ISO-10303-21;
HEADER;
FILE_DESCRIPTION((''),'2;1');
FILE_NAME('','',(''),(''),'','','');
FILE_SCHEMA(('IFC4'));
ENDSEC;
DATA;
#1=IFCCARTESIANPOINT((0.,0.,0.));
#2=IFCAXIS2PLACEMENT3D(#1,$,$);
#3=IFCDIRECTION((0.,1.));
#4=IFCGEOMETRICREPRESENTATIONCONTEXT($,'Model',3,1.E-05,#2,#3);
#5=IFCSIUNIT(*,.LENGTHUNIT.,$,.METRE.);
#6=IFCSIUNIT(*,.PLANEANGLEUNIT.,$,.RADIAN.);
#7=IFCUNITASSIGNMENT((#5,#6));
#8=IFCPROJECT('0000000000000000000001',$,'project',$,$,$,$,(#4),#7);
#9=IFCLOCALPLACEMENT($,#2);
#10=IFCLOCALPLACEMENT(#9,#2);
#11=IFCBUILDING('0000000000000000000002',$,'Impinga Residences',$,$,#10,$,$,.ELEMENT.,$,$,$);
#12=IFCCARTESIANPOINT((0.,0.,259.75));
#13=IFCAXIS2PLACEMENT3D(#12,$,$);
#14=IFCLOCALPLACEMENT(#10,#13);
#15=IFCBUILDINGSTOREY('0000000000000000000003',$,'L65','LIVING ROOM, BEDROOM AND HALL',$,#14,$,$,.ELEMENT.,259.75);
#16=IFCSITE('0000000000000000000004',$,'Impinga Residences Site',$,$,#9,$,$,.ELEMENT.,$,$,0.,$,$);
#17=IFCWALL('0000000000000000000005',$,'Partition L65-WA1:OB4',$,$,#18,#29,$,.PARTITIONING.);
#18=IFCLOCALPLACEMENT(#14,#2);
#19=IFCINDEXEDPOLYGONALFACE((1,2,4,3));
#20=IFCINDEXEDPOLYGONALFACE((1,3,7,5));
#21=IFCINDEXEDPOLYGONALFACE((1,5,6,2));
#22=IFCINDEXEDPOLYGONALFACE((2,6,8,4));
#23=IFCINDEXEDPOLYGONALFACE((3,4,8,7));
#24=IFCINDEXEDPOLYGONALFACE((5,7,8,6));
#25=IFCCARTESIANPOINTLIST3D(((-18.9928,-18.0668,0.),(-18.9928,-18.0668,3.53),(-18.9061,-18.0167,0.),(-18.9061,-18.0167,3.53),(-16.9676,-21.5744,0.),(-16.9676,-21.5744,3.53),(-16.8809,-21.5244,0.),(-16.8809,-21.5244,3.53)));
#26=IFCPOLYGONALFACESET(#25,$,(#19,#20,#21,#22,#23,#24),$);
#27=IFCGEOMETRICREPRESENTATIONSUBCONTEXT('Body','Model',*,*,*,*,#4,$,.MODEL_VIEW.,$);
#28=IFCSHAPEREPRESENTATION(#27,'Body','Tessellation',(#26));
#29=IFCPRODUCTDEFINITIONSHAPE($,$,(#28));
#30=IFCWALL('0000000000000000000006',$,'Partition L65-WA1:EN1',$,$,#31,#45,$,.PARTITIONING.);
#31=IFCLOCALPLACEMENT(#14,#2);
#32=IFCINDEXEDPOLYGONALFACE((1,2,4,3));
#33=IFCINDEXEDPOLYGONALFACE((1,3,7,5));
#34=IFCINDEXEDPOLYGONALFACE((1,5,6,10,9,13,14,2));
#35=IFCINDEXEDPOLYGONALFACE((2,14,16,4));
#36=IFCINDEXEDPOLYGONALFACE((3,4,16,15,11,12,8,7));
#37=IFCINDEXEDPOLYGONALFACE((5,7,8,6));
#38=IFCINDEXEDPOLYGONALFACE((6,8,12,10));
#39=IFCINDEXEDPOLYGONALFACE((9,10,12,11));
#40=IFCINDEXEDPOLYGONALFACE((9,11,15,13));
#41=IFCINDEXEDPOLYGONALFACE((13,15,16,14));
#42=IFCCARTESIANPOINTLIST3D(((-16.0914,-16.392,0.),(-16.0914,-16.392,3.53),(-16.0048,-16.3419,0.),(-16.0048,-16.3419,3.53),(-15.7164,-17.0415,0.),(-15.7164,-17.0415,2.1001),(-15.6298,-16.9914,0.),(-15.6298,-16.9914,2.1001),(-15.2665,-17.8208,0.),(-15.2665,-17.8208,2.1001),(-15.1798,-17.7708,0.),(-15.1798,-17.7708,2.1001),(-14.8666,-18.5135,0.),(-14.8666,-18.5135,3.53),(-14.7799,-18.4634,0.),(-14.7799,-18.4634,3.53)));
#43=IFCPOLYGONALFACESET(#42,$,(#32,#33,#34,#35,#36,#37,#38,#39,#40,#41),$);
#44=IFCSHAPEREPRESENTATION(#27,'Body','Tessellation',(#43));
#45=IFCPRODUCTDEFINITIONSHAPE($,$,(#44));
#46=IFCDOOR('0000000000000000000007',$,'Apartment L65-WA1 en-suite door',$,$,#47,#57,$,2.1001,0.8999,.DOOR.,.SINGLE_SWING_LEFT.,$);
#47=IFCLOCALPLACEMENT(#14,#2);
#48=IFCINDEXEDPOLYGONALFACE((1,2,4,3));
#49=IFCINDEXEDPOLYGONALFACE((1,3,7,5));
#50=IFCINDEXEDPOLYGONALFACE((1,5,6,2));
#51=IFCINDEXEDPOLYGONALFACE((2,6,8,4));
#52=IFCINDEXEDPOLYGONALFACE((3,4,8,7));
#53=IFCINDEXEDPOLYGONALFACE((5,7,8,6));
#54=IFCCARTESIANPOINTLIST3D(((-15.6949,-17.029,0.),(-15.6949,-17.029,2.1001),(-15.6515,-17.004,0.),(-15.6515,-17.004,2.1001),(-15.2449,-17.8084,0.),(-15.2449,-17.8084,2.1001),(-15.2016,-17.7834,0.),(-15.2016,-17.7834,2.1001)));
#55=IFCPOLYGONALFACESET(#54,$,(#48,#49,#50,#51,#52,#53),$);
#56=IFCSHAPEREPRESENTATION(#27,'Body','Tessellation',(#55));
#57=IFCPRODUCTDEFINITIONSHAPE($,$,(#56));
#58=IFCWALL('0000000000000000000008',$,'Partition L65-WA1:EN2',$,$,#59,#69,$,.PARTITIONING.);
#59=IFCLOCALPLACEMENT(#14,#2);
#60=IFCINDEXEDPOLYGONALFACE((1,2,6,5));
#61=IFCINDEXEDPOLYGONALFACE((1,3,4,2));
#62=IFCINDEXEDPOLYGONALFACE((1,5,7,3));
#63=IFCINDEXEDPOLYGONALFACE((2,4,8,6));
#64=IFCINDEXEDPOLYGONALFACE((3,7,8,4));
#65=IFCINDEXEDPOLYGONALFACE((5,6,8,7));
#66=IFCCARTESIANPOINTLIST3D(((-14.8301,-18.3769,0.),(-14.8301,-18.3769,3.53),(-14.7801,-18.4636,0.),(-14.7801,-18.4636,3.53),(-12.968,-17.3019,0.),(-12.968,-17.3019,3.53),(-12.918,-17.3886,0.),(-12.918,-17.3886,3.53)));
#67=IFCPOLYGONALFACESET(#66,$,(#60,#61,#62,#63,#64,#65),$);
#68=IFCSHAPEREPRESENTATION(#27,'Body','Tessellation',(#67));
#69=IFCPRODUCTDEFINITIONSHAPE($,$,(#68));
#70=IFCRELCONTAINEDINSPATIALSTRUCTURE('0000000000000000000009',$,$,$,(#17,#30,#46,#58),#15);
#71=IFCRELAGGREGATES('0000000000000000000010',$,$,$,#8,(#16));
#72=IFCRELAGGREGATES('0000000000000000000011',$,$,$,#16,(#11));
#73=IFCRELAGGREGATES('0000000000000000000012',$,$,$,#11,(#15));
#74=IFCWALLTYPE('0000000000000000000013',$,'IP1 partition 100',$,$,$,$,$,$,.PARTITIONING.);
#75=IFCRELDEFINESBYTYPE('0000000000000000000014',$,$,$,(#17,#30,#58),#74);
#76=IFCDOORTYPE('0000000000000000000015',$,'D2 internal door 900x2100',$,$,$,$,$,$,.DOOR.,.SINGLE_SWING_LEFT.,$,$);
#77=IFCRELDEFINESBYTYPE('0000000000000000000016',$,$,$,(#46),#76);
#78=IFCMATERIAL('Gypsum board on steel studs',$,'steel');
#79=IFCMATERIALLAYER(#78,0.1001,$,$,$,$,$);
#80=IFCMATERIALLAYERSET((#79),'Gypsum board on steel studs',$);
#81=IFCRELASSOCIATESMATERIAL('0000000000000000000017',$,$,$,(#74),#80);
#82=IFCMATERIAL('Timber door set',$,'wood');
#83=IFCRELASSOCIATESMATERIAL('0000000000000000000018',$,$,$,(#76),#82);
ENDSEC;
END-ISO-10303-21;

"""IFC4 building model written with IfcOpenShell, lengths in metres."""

from ifc_helpers import new_model, si_unit, direction, frame, frame_2d, origin, place, context, subcontext, project, spatial, rectangle, extrude, material, layer, layer_set, type_object, element, fill, save


model = new_model("IFC4")

# Units and contexts
model_context = context("Model", 3, precision=1e-05, world=origin(), true_north=direction((0.0, 1.0)))
body_context = subcontext(model_context, "Body", "Model", "MODEL_VIEW")
ifc_project = project(units=[si_unit("LENGTHUNIT", "METRE"), si_unit("PLANEANGLEUNIT", "RADIAN")], contexts=[model_context])

# Site, building, storey
site_placement = place(None, origin())
site = spatial("IfcSite", under=ifc_project, at=site_placement, Name="Impinga Residences Site", CompositionType="ELEMENT", RefElevation=0.0)
building_placement = place(site_placement, origin())
building = spatial("IfcBuilding", under=site, at=building_placement, Name="Impinga Residences", CompositionType="ELEMENT")
storey_placement = place(building_placement, frame((0.0, 0.0, 259.75)))
storey = spatial("IfcBuildingStorey", under=building, at=storey_placement, Name="L65", Description="LIVING ROOM, BEDROOM AND HALL", CompositionType="ELEMENT", Elevation=259.75)

# Wall
ifc_material_1 = material(Name="Gypsum board on steel studs", Category="steel")
ifc_layer_1 = layer(ifc_material_1, 0.1001)
ifc_layer_set_1 = layer_set([ifc_layer_1], Name="Gypsum board on steel studs")
wall_type_1 = type_object("IfcWallType", Name="IP1 partition 100", PredefinedType="PARTITIONING", material=ifc_layer_set_1)
wall_1_placement = place(storey_placement, frame((-18.9495, -18.0417, 0.0), z_axis=(0.0, 0.0, 1.0), x_axis=(0.500009, -0.86602, 0.0)))
element("IfcWall", 1, at=wall_1_placement, inside=storey, type_object=wall_type_1, Name="Partition L65-WA1:OB4", PredefinedType="PARTITIONING", context=body_context, shape_type="SweptSolid", body=[
    extrude(rectangle(XDim=4.0503, YDim=0.1001, at=frame_2d((2.0251, 0.0))), origin(), (0.0, 0.0, 1.0), 3.53),
])

# Wall, opening, door
wall_2_placement = place(storey_placement, frame((-16.0481, -16.3669, 0.0), z_axis=(0.0, 0.0, 1.0), x_axis=(0.499987, -0.866033, 0.0)))
wall_2 = element("IfcWall", 2, at=wall_2_placement, inside=storey, type_object=wall_type_1, Name="Partition L65-WA1:EN1", PredefinedType="PARTITIONING", context=body_context, shape_type="SweptSolid", body=[
    extrude(rectangle(XDim=2.4497, YDim=0.1001, at=frame_2d((1.2249, 0.0))), origin(), (0.0, 0.0, 1.0), 3.53),
])
opening_1_placement = place(wall_2_placement, frame((0.75, 0.0, 0.0)))
opening_1 = element("IfcOpeningElement", 3, at=opening_1_placement, cuts=wall_2, PredefinedType="OPENING", context=body_context, shape_type="SweptSolid", body=[
    extrude(rectangle(XDim=0.8999, YDim=2.1001, at=frame_2d((0.45, 1.05))), frame((0.0, 0.0601, 0.0), z_axis=(0.0, -1.0, 0.0), x_axis=(1.0, 0.0, 0.0)), (0.0, 0.0, 1.0), 0.1201),
])
ifc_material_2 = material(Name="Timber door set", Category="wood")
door_type = type_object("IfcDoorType", Name="D2 internal door 900x2100", OperationType="SINGLE_SWING_LEFT", PredefinedType="DOOR", material=ifc_material_2)
door_placement = place(opening_1_placement, origin())
door = element("IfcDoor", 4, at=door_placement, inside=storey, type_object=door_type, Name="Apartment L65-WA1 en-suite door", OperationType="SINGLE_SWING_LEFT", OverallHeight=2.1001, OverallWidth=0.8999, PredefinedType="DOOR", context=body_context, shape_type="SweptSolid", body=[
    extrude(rectangle(XDim=0.8999, YDim=2.1001, at=frame_2d((0.45, 1.05))), frame((0.0, 0.0249, 0.0), z_axis=(0.0, -1.0, 0.0), x_axis=(1.0, 0.0, 0.0)), (0.0, 0.0, 1.0), 0.05),
])
fill(opening_1, door)

# Wall
wall_3_placement = place(storey_placement, frame((-12.9429, -17.3452, 0.0), z_axis=(0.0, 0.0, 1.0), x_axis=(-0.866048, -0.499962, 0.0)))
element("IfcWall", 5, at=wall_3_placement, inside=storey, type_object=wall_type_1, Name="Partition L65-WA1:EN2", PredefinedType="PARTITIONING", context=body_context, shape_type="SweptSolid", body=[
    extrude(rectangle(XDim=2.1501, YDim=0.1001, at=frame_2d((1.0752, 0.0))), origin(), (0.0, 0.0, 1.0), 3.53),
])

save(model, "model.ifc")
